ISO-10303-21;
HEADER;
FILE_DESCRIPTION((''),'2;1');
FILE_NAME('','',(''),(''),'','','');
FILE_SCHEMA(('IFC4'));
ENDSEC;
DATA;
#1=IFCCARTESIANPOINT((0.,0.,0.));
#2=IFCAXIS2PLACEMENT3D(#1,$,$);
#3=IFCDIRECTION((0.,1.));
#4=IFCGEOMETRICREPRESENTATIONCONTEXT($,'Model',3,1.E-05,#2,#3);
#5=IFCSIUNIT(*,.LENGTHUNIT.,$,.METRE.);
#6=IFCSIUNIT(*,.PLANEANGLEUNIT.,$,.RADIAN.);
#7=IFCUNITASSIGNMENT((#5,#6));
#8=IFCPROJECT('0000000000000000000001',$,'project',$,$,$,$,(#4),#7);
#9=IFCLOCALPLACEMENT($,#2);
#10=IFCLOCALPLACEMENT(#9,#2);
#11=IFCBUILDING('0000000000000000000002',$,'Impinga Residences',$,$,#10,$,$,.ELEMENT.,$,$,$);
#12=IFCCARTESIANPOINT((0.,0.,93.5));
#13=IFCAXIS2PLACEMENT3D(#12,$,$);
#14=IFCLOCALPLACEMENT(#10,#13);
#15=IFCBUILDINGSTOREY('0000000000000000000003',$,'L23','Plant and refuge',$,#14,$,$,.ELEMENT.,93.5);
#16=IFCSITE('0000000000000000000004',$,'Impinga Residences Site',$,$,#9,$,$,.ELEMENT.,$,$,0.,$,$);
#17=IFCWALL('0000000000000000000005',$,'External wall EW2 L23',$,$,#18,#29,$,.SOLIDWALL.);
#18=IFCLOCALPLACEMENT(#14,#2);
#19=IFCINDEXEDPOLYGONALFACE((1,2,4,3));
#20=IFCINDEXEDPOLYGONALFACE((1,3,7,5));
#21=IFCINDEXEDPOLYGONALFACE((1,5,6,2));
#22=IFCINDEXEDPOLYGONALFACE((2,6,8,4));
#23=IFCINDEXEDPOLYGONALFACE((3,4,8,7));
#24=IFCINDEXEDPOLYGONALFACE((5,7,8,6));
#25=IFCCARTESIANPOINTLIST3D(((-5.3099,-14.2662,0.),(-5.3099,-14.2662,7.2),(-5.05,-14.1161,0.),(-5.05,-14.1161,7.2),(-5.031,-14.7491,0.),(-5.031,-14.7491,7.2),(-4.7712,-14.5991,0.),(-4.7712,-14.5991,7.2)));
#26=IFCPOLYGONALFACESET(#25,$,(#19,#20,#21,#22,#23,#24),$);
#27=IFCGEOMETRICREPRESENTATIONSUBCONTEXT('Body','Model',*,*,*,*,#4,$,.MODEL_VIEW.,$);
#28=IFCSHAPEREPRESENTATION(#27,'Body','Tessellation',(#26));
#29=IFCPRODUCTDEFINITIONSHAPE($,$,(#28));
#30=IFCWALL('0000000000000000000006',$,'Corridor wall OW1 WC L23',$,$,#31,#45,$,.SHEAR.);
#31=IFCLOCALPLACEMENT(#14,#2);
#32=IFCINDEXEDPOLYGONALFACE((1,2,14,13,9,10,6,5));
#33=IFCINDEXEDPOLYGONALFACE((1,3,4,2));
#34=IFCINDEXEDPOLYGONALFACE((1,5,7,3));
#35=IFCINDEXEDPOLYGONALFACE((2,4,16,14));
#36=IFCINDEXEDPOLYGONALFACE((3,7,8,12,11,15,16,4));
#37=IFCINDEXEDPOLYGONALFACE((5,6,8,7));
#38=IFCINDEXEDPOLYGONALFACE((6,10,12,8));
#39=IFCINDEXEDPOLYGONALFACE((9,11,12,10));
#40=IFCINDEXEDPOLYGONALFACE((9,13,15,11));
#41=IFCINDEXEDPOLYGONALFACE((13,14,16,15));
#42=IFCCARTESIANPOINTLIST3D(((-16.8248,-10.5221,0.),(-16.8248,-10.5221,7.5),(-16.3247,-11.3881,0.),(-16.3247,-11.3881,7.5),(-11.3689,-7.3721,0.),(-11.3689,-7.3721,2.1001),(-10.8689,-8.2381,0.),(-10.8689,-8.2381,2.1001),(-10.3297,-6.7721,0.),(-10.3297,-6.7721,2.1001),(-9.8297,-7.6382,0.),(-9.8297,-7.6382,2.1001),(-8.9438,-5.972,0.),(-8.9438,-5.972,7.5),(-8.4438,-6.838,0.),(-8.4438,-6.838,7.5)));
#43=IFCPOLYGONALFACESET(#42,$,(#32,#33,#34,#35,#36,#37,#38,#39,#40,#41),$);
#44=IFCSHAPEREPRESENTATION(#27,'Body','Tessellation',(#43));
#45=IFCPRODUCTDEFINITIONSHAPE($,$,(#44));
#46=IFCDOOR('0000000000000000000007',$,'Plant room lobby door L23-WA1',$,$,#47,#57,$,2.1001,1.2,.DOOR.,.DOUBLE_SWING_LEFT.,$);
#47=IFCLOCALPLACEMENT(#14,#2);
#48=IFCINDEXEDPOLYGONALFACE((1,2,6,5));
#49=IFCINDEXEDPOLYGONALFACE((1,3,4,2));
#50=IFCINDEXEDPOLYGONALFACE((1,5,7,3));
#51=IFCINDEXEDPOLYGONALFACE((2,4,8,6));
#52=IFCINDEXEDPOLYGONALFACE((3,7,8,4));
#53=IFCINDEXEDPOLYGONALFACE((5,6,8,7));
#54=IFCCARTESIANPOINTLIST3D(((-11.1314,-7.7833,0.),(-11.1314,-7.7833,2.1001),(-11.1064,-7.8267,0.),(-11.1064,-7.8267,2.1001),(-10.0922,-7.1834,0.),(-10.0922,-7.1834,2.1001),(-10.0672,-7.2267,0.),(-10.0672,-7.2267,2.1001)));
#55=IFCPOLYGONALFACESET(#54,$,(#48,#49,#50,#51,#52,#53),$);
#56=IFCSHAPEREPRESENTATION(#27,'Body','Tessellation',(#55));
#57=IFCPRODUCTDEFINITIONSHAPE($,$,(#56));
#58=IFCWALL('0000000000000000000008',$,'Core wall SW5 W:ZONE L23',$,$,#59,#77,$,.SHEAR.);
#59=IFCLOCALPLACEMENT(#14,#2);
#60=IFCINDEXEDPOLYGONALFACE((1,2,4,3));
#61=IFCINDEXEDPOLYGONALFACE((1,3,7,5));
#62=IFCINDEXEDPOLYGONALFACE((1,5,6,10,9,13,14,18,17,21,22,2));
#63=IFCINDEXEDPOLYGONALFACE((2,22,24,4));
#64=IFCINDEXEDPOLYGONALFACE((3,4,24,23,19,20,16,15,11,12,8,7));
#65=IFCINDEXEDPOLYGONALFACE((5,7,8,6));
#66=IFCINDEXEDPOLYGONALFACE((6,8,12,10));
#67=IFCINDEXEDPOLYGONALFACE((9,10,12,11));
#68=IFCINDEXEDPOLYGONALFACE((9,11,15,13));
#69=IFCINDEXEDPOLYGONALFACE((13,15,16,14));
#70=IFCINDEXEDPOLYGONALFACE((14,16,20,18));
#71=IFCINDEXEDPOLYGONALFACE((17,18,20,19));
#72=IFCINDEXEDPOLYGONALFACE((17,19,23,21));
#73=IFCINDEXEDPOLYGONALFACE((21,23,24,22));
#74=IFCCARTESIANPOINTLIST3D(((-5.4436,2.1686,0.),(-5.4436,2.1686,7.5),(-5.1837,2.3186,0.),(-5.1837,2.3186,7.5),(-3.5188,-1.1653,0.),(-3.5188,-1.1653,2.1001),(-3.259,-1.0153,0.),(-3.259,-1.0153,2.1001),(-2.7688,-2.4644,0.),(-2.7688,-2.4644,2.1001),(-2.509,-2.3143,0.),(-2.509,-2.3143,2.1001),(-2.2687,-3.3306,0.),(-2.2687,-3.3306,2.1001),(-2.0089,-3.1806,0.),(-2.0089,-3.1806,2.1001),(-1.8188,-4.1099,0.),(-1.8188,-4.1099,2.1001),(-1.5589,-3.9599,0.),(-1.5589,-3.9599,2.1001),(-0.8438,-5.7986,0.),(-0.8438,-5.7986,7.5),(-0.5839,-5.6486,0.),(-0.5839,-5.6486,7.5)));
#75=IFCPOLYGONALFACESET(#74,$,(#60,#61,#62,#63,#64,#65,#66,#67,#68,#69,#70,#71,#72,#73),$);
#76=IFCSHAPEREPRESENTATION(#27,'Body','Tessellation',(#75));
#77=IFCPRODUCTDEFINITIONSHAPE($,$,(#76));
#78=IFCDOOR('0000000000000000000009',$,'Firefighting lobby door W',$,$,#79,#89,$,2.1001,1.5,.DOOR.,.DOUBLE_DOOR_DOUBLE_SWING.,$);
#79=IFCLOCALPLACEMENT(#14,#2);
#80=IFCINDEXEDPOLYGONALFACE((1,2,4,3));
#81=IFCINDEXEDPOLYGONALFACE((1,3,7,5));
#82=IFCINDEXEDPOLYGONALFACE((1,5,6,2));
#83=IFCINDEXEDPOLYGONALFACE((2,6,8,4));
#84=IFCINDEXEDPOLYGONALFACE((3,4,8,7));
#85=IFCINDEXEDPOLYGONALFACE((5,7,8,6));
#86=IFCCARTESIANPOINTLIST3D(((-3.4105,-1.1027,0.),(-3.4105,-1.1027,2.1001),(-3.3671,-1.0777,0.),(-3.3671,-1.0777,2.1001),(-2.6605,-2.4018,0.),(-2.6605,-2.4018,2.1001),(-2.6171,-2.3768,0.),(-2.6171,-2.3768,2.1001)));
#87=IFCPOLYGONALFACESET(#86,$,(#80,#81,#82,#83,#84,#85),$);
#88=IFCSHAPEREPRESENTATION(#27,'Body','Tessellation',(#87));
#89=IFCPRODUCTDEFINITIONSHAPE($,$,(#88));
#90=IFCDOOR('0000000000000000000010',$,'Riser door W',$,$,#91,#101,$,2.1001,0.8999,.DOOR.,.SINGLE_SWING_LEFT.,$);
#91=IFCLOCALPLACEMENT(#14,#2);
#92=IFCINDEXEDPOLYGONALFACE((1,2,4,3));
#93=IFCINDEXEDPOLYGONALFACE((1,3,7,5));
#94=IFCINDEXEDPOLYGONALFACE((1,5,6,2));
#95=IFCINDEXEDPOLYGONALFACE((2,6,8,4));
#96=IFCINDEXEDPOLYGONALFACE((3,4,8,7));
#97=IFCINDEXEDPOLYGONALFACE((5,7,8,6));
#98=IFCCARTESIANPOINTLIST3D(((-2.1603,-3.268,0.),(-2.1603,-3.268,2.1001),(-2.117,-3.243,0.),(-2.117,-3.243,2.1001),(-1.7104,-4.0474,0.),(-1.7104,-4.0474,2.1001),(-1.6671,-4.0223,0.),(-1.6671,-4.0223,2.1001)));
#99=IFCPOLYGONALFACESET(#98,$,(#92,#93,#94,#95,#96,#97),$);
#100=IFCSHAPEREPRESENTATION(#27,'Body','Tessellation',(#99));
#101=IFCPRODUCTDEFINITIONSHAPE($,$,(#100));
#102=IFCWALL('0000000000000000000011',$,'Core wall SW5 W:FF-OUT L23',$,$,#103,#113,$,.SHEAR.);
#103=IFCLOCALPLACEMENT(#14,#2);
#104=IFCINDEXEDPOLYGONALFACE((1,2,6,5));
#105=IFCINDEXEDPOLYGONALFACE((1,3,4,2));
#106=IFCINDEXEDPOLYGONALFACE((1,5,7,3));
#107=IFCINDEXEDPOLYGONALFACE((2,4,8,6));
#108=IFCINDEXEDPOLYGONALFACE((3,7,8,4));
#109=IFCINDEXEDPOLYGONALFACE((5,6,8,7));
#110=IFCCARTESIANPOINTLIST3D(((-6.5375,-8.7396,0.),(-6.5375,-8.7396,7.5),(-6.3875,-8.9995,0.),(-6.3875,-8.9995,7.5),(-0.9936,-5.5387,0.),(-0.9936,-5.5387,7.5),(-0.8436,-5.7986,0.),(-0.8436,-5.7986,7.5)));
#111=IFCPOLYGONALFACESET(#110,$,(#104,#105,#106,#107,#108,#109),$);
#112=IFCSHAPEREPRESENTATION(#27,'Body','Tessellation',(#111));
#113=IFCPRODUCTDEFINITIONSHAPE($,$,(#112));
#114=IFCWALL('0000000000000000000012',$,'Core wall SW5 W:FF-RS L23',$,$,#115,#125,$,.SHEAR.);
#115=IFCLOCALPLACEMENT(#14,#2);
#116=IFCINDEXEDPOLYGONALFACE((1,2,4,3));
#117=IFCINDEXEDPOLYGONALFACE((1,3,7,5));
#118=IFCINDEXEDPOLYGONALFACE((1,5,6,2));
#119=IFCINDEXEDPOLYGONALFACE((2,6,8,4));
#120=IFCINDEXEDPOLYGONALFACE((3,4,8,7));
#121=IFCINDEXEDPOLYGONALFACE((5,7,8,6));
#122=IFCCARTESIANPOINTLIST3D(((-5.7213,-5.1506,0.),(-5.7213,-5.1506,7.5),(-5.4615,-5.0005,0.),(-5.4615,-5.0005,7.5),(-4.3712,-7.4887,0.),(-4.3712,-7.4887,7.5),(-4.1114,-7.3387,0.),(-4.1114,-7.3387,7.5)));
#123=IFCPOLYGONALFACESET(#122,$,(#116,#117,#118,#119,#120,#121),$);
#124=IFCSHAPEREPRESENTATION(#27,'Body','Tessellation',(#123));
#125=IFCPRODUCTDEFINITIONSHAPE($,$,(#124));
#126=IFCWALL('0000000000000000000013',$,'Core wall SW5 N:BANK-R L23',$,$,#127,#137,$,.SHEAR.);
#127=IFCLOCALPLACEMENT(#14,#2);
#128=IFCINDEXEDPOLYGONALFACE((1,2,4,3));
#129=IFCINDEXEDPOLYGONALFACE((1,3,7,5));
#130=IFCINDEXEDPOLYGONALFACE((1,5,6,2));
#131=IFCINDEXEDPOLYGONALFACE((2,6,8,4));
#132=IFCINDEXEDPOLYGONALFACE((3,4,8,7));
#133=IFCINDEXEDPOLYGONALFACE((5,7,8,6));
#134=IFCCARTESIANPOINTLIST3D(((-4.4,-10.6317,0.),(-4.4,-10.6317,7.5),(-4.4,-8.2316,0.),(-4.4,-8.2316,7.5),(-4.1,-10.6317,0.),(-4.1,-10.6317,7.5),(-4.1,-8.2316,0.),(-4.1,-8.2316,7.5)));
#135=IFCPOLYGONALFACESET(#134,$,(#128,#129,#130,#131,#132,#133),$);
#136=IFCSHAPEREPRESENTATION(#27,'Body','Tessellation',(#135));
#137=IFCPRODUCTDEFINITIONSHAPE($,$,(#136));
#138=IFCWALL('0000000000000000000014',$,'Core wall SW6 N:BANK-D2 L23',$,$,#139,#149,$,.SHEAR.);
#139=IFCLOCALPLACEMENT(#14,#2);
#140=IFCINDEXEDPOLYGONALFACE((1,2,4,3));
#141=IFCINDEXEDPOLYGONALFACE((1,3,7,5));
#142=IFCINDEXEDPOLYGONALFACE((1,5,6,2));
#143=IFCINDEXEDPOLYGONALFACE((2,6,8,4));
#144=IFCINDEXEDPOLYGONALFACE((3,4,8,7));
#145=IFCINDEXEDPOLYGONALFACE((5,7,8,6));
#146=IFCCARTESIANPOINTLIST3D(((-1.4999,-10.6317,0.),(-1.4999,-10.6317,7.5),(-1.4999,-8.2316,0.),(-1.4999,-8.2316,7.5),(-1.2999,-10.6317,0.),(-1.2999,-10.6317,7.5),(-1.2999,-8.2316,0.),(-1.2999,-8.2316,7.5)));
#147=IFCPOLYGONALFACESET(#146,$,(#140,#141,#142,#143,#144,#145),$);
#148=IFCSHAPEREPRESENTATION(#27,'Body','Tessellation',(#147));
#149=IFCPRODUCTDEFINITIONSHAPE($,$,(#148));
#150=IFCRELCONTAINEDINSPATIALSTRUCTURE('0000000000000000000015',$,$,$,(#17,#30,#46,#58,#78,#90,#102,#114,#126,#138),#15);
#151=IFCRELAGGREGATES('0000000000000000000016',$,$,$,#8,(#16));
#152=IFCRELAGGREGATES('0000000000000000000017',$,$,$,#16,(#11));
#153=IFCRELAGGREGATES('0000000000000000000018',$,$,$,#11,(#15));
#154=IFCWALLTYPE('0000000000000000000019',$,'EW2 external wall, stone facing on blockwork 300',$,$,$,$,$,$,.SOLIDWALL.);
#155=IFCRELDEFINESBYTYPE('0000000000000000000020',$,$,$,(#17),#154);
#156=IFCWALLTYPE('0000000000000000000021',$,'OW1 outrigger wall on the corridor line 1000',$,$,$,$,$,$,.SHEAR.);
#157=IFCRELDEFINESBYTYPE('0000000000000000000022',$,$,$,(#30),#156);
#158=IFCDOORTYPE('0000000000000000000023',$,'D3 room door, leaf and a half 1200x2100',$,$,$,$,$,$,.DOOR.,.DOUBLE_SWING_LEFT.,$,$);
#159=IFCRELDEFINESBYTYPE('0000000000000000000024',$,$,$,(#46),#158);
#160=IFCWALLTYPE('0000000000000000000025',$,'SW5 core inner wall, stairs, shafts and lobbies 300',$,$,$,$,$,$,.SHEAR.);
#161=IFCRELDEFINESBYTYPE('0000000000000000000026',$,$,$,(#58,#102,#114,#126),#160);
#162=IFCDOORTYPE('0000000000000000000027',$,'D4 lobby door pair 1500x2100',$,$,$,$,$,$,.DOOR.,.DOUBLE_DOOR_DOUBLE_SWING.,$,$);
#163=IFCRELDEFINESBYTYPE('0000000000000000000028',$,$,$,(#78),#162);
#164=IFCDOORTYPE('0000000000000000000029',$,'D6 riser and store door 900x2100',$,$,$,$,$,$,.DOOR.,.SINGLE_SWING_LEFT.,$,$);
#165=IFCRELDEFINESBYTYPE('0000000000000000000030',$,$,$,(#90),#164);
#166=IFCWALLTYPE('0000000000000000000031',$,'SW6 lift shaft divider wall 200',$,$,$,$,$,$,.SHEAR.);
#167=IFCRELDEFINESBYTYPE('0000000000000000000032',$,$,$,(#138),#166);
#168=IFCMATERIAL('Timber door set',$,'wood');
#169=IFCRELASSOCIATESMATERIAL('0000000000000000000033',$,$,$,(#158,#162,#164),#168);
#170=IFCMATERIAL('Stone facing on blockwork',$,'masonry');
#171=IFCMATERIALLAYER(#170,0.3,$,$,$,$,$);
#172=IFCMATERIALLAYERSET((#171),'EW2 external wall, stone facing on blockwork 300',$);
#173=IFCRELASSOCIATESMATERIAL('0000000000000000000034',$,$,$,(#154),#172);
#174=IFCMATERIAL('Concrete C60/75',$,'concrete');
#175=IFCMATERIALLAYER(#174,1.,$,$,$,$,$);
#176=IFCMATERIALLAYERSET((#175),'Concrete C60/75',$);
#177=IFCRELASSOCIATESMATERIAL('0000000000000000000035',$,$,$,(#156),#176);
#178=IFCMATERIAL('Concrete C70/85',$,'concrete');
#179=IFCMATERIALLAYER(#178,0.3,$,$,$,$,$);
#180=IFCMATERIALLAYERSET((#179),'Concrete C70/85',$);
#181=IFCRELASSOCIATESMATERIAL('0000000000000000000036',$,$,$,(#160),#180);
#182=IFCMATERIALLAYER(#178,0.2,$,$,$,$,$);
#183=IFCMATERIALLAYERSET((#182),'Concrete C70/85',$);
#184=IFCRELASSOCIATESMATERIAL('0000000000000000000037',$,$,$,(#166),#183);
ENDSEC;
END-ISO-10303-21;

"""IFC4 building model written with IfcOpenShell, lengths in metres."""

from ifc_helpers import new_model, si_unit, direction, frame, frame_2d, origin, place, context, subcontext, project, spatial, rectangle, extrude, material, layer, layer_set, type_object, element, fill, save


model = new_model("IFC4")

# Units and contexts
model_context = context("Model", 3, precision=1e-05, world=origin(), true_north=direction((0.0, 1.0)))
body_context = subcontext(model_context, "Body", "Model", "MODEL_VIEW")
ifc_project = project(units=[si_unit("LENGTHUNIT", "METRE"), si_unit("PLANEANGLEUNIT", "RADIAN")], contexts=[model_context])

# Site, building, storey
site_placement = place(None, origin())
site = spatial("IfcSite", under=ifc_project, at=site_placement, Name="Impinga Residences Site", CompositionType="ELEMENT", RefElevation=0.0)
building_placement = place(site_placement, origin())
building = spatial("IfcBuilding", under=site, at=building_placement, Name="Impinga Residences", CompositionType="ELEMENT")
storey_placement = place(building_placement, frame((0.0, 0.0, 93.5)))
storey = spatial("IfcBuildingStorey", under=building, at=storey_placement, Name="L23", Description="Plant and refuge", CompositionType="ELEMENT", Elevation=93.5)

# Shared definitions
ifc_material_1 = material(Name="Concrete C70/85", Category="concrete")

# Shared definitions
ifc_material_2 = material(Name="Timber door set", Category="wood")
door_type_1 = type_object("IfcDoorType", Name="D3 room door, leaf and a half 1200x2100", OperationType="DOUBLE_SWING_LEFT", PredefinedType="DOOR", material=ifc_material_2)

# Wall
ifc_material_3 = material(Name="Stone facing on blockwork", Category="masonry")
ifc_layer_1 = layer(ifc_material_3, 0.3)
ifc_layer_set_1 = layer_set([ifc_layer_1], Name="EW2 external wall, stone facing on blockwork 300")
wall_type_1 = type_object("IfcWallType", Name="EW2 external wall, stone facing on blockwork 300", PredefinedType="SOLIDWALL", material=ifc_layer_set_1)
wall_1_placement = place(storey_placement, frame((-5.1799, -14.1912, 0.0), z_axis=(0.0, 0.0, 1.0), x_axis=(0.5, -0.866025, 0.0)))
element("IfcWall", 1, at=wall_1_placement, inside=storey, type_object=wall_type_1, Name="External wall EW2 L23", PredefinedType="SOLIDWALL", context=body_context, shape_type="SweptSolid", body=[
    extrude(rectangle(XDim=0.5576, YDim=0.3, at=frame_2d((0.2788, 0.0))), origin(), (0.0, 0.0, 1.0), 7.2),
])

# Wall, opening, door
ifc_material_4 = material(Name="Concrete C60/75", Category="concrete")
ifc_layer_2 = layer(ifc_material_4, 1.0)
ifc_layer_set_2 = layer_set([ifc_layer_2], Name="Concrete C60/75")
wall_type_2 = type_object("IfcWallType", Name="OW1 outrigger wall on the corridor line 1000", PredefinedType="SHEAR", material=ifc_layer_set_2)
wall_2_placement = place(storey_placement, frame((-8.6938, -6.405, 0.0), z_axis=(0.0, 0.0, 1.0), x_axis=(-0.866024, -0.500003, 0.0)))
wall_2 = element("IfcWall", 2, at=wall_2_placement, inside=storey, type_object=wall_type_2, Name="Corridor wall OW1 WC L23", PredefinedType="SHEAR", context=body_context, shape_type="SweptSolid", body=[
    extrude(rectangle(XDim=9.1001, YDim=1.0, at=frame_2d((4.55, 0.0))), origin(), (0.0, 0.0, 1.0), 7.5),
])
opening_1_placement = place(wall_2_placement, frame((1.6001, 0.0, 0.0)))
opening_1 = element("IfcOpeningElement", 3, at=opening_1_placement, cuts=wall_2, PredefinedType="OPENING", context=body_context, shape_type="SweptSolid", body=[
    extrude(rectangle(XDim=1.2, YDim=2.1001, at=frame_2d((0.6001, 1.05))), frame((0.0, 0.51, 0.0), z_axis=(0.0, -1.0, 0.0), x_axis=(1.0, 0.0, 0.0)), (0.0, 0.0, 1.0), 1.02),
])
door_1_placement = place(opening_1_placement, origin())
door_1 = element("IfcDoor", 4, at=door_1_placement, inside=storey, type_object=door_type_1, Name="Plant room lobby door L23-WA1", OperationType="DOUBLE_SWING_LEFT", OverallHeight=2.1001, OverallWidth=1.2, PredefinedType="DOOR", context=body_context, shape_type="SweptSolid", body=[
    extrude(rectangle(XDim=1.2, YDim=2.1001, at=frame_2d((0.6001, 1.05))), frame((0.0, 0.0249, 0.0), z_axis=(0.0, -1.0, 0.0), x_axis=(1.0, 0.0, 0.0)), (0.0, 0.0, 1.0), 0.05),
])
fill(opening_1, door_1)

# Wall, openings, doors
ifc_layer_3 = layer(ifc_material_1, 0.3)
ifc_layer_set_3 = layer_set([ifc_layer_3], Name="Concrete C70/85")
wall_type_3 = type_object("IfcWallType", Name="SW5 core inner wall, stairs, shafts and lobbies 300", PredefinedType="SHEAR", material=ifc_layer_set_3)
wall_3_placement = place(storey_placement, frame((-0.7139, -5.7236, 0.0), z_axis=(0.0, 0.0, 1.0), x_axis=(-0.499995, 0.866028, 0.0)))
wall_3 = element("IfcWall", 5, at=wall_3_placement, inside=storey, type_object=wall_type_3, Name="Core wall SW5 W:ZONE L23", PredefinedType="SHEAR", context=body_context, shape_type="SweptSolid", body=[
    extrude(rectangle(XDim=9.1997, YDim=0.3, at=frame_2d((4.5999, 0.0))), origin(), (0.0, 0.0, 1.0), 7.5),
])
opening_2_placement = place(wall_3_placement, frame((3.8501, 0.0, 0.0)))
opening_2 = element("IfcOpeningElement", 6, at=opening_2_placement, cuts=wall_3, PredefinedType="OPENING", context=body_context, shape_type="SweptSolid", body=[
    extrude(rectangle(XDim=1.5, YDim=2.1001, at=frame_2d((0.75, 1.05))), frame((0.0, 0.1599, 0.0), z_axis=(0.0, -1.0, 0.0), x_axis=(1.0, 0.0, 0.0)), (0.0, 0.0, 1.0), 0.3201),
])
opening_3_placement = place(wall_3_placement, frame((1.95, 0.0, 0.0)))
opening_3 = element("IfcOpeningElement", 7, at=opening_3_placement, cuts=wall_3, PredefinedType="OPENING", context=body_context, shape_type="SweptSolid", body=[
    extrude(rectangle(XDim=0.8999, YDim=2.1001, at=frame_2d((0.45, 1.05))), frame((0.0, 0.1599, 0.0), z_axis=(0.0, -1.0, 0.0), x_axis=(1.0, 0.0, 0.0)), (0.0, 0.0, 1.0), 0.3201),
])
door_type_2 = type_object("IfcDoorType", Name="D4 lobby door pair 1500x2100", OperationType="DOUBLE_DOOR_DOUBLE_SWING", PredefinedType="DOOR", material=ifc_material_2)
door_2_placement = place(opening_2_placement, origin())
door_2 = element("IfcDoor", 8, at=door_2_placement, inside=storey, type_object=door_type_2, Name="Firefighting lobby door W", OperationType="DOUBLE_DOOR_DOUBLE_SWING", OverallHeight=2.1001, OverallWidth=1.5, PredefinedType="DOOR", context=body_context, shape_type="SweptSolid", body=[
    extrude(rectangle(XDim=1.5, YDim=2.1001, at=frame_2d((0.75, 1.05))), frame((0.0, 0.0249, 0.0), z_axis=(0.0, -1.0, 0.0), x_axis=(1.0, 0.0, 0.0)), (0.0, 0.0, 1.0), 0.05),
])
fill(opening_2, door_2)
door_type_3 = type_object("IfcDoorType", Name="D6 riser and store door 900x2100", OperationType="SINGLE_SWING_LEFT", PredefinedType="DOOR", material=ifc_material_2)
door_3_placement = place(opening_3_placement, origin())
door_3 = element("IfcDoor", 9, at=door_3_placement, inside=storey, type_object=door_type_3, Name="Riser door W", OperationType="SINGLE_SWING_LEFT", OverallHeight=2.1001, OverallWidth=0.8999, PredefinedType="DOOR", context=body_context, shape_type="SweptSolid", body=[
    extrude(rectangle(XDim=0.8999, YDim=2.1001, at=frame_2d((0.45, 1.05))), frame((0.0, 0.0249, 0.0), z_axis=(0.0, -1.0, 0.0), x_axis=(1.0, 0.0, 0.0)), (0.0, 0.0, 1.0), 0.05),
])
fill(opening_3, door_3)

# Walls
wall_4_placement = place(storey_placement, frame((-0.9187, -5.6687, 0.0), z_axis=(0.0, 0.0, 1.0), x_axis=(-0.866017, -0.500015, 0.0)))
element("IfcWall", 10, at=wall_4_placement, inside=storey, type_object=wall_type_3, Name="Core wall SW5 W:FF-OUT L23", PredefinedType="SHEAR", context=body_context, shape_type="SweptSolid", body=[
    extrude(rectangle(XDim=6.4016, YDim=0.3, at=frame_2d((3.2007, 0.0))), origin(), (0.0, 0.0, 1.0), 7.5),
])
wall_5_placement = place(storey_placement, frame((-4.2412, -7.4138, 0.0), z_axis=(0.0, 0.0, 1.0), x_axis=(-0.500049, 0.865997, 0.0)))
element("IfcWall", 11, at=wall_5_placement, inside=storey, type_object=wall_type_3, Name="Core wall SW5 W:FF-RS L23", PredefinedType="SHEAR", context=body_context, shape_type="SweptSolid", body=[
    extrude(rectangle(XDim=2.7, YDim=0.3, at=frame_2d((1.3501, 0.0))), origin(), (0.0, 0.0, 1.0), 7.5),
])
wall_6_placement = place(storey_placement, frame((-4.25, -8.2314, 0.0), z_axis=(0.0, 0.0, 1.0), x_axis=(0.0, -1.0, 0.0)))
element("IfcWall", 12, at=wall_6_placement, inside=storey, type_object=wall_type_3, Name="Core wall SW5 N:BANK-R L23", PredefinedType="SHEAR", context=body_context, shape_type="SweptSolid", body=[
    extrude(rectangle(XDim=2.4001, YDim=0.3, at=frame_2d((1.2002, 0.0))), origin(), (0.0, 0.0, 1.0), 7.5),
])
ifc_layer_4 = layer(ifc_material_1, 0.2)
ifc_layer_set_4 = layer_set([ifc_layer_4], Name="Concrete C70/85")
wall_type_4 = type_object("IfcWallType", Name="SW6 lift shaft divider wall 200", PredefinedType="SHEAR", material=ifc_layer_set_4)
wall_7_placement = place(storey_placement, frame((-1.3999, -8.2314, 0.0), z_axis=(0.0, 0.0, 1.0), x_axis=(0.0, -1.0, 0.0)))
element("IfcWall", 13, at=wall_7_placement, inside=storey, type_object=wall_type_4, Name="Core wall SW6 N:BANK-D2 L23", PredefinedType="SHEAR", context=body_context, shape_type="SweptSolid", body=[
    extrude(rectangle(XDim=2.4001, YDim=0.2, at=frame_2d((1.2002, 0.0))), origin(), (0.0, 0.0, 1.0), 7.5),
])

save(model, "model.ifc")
